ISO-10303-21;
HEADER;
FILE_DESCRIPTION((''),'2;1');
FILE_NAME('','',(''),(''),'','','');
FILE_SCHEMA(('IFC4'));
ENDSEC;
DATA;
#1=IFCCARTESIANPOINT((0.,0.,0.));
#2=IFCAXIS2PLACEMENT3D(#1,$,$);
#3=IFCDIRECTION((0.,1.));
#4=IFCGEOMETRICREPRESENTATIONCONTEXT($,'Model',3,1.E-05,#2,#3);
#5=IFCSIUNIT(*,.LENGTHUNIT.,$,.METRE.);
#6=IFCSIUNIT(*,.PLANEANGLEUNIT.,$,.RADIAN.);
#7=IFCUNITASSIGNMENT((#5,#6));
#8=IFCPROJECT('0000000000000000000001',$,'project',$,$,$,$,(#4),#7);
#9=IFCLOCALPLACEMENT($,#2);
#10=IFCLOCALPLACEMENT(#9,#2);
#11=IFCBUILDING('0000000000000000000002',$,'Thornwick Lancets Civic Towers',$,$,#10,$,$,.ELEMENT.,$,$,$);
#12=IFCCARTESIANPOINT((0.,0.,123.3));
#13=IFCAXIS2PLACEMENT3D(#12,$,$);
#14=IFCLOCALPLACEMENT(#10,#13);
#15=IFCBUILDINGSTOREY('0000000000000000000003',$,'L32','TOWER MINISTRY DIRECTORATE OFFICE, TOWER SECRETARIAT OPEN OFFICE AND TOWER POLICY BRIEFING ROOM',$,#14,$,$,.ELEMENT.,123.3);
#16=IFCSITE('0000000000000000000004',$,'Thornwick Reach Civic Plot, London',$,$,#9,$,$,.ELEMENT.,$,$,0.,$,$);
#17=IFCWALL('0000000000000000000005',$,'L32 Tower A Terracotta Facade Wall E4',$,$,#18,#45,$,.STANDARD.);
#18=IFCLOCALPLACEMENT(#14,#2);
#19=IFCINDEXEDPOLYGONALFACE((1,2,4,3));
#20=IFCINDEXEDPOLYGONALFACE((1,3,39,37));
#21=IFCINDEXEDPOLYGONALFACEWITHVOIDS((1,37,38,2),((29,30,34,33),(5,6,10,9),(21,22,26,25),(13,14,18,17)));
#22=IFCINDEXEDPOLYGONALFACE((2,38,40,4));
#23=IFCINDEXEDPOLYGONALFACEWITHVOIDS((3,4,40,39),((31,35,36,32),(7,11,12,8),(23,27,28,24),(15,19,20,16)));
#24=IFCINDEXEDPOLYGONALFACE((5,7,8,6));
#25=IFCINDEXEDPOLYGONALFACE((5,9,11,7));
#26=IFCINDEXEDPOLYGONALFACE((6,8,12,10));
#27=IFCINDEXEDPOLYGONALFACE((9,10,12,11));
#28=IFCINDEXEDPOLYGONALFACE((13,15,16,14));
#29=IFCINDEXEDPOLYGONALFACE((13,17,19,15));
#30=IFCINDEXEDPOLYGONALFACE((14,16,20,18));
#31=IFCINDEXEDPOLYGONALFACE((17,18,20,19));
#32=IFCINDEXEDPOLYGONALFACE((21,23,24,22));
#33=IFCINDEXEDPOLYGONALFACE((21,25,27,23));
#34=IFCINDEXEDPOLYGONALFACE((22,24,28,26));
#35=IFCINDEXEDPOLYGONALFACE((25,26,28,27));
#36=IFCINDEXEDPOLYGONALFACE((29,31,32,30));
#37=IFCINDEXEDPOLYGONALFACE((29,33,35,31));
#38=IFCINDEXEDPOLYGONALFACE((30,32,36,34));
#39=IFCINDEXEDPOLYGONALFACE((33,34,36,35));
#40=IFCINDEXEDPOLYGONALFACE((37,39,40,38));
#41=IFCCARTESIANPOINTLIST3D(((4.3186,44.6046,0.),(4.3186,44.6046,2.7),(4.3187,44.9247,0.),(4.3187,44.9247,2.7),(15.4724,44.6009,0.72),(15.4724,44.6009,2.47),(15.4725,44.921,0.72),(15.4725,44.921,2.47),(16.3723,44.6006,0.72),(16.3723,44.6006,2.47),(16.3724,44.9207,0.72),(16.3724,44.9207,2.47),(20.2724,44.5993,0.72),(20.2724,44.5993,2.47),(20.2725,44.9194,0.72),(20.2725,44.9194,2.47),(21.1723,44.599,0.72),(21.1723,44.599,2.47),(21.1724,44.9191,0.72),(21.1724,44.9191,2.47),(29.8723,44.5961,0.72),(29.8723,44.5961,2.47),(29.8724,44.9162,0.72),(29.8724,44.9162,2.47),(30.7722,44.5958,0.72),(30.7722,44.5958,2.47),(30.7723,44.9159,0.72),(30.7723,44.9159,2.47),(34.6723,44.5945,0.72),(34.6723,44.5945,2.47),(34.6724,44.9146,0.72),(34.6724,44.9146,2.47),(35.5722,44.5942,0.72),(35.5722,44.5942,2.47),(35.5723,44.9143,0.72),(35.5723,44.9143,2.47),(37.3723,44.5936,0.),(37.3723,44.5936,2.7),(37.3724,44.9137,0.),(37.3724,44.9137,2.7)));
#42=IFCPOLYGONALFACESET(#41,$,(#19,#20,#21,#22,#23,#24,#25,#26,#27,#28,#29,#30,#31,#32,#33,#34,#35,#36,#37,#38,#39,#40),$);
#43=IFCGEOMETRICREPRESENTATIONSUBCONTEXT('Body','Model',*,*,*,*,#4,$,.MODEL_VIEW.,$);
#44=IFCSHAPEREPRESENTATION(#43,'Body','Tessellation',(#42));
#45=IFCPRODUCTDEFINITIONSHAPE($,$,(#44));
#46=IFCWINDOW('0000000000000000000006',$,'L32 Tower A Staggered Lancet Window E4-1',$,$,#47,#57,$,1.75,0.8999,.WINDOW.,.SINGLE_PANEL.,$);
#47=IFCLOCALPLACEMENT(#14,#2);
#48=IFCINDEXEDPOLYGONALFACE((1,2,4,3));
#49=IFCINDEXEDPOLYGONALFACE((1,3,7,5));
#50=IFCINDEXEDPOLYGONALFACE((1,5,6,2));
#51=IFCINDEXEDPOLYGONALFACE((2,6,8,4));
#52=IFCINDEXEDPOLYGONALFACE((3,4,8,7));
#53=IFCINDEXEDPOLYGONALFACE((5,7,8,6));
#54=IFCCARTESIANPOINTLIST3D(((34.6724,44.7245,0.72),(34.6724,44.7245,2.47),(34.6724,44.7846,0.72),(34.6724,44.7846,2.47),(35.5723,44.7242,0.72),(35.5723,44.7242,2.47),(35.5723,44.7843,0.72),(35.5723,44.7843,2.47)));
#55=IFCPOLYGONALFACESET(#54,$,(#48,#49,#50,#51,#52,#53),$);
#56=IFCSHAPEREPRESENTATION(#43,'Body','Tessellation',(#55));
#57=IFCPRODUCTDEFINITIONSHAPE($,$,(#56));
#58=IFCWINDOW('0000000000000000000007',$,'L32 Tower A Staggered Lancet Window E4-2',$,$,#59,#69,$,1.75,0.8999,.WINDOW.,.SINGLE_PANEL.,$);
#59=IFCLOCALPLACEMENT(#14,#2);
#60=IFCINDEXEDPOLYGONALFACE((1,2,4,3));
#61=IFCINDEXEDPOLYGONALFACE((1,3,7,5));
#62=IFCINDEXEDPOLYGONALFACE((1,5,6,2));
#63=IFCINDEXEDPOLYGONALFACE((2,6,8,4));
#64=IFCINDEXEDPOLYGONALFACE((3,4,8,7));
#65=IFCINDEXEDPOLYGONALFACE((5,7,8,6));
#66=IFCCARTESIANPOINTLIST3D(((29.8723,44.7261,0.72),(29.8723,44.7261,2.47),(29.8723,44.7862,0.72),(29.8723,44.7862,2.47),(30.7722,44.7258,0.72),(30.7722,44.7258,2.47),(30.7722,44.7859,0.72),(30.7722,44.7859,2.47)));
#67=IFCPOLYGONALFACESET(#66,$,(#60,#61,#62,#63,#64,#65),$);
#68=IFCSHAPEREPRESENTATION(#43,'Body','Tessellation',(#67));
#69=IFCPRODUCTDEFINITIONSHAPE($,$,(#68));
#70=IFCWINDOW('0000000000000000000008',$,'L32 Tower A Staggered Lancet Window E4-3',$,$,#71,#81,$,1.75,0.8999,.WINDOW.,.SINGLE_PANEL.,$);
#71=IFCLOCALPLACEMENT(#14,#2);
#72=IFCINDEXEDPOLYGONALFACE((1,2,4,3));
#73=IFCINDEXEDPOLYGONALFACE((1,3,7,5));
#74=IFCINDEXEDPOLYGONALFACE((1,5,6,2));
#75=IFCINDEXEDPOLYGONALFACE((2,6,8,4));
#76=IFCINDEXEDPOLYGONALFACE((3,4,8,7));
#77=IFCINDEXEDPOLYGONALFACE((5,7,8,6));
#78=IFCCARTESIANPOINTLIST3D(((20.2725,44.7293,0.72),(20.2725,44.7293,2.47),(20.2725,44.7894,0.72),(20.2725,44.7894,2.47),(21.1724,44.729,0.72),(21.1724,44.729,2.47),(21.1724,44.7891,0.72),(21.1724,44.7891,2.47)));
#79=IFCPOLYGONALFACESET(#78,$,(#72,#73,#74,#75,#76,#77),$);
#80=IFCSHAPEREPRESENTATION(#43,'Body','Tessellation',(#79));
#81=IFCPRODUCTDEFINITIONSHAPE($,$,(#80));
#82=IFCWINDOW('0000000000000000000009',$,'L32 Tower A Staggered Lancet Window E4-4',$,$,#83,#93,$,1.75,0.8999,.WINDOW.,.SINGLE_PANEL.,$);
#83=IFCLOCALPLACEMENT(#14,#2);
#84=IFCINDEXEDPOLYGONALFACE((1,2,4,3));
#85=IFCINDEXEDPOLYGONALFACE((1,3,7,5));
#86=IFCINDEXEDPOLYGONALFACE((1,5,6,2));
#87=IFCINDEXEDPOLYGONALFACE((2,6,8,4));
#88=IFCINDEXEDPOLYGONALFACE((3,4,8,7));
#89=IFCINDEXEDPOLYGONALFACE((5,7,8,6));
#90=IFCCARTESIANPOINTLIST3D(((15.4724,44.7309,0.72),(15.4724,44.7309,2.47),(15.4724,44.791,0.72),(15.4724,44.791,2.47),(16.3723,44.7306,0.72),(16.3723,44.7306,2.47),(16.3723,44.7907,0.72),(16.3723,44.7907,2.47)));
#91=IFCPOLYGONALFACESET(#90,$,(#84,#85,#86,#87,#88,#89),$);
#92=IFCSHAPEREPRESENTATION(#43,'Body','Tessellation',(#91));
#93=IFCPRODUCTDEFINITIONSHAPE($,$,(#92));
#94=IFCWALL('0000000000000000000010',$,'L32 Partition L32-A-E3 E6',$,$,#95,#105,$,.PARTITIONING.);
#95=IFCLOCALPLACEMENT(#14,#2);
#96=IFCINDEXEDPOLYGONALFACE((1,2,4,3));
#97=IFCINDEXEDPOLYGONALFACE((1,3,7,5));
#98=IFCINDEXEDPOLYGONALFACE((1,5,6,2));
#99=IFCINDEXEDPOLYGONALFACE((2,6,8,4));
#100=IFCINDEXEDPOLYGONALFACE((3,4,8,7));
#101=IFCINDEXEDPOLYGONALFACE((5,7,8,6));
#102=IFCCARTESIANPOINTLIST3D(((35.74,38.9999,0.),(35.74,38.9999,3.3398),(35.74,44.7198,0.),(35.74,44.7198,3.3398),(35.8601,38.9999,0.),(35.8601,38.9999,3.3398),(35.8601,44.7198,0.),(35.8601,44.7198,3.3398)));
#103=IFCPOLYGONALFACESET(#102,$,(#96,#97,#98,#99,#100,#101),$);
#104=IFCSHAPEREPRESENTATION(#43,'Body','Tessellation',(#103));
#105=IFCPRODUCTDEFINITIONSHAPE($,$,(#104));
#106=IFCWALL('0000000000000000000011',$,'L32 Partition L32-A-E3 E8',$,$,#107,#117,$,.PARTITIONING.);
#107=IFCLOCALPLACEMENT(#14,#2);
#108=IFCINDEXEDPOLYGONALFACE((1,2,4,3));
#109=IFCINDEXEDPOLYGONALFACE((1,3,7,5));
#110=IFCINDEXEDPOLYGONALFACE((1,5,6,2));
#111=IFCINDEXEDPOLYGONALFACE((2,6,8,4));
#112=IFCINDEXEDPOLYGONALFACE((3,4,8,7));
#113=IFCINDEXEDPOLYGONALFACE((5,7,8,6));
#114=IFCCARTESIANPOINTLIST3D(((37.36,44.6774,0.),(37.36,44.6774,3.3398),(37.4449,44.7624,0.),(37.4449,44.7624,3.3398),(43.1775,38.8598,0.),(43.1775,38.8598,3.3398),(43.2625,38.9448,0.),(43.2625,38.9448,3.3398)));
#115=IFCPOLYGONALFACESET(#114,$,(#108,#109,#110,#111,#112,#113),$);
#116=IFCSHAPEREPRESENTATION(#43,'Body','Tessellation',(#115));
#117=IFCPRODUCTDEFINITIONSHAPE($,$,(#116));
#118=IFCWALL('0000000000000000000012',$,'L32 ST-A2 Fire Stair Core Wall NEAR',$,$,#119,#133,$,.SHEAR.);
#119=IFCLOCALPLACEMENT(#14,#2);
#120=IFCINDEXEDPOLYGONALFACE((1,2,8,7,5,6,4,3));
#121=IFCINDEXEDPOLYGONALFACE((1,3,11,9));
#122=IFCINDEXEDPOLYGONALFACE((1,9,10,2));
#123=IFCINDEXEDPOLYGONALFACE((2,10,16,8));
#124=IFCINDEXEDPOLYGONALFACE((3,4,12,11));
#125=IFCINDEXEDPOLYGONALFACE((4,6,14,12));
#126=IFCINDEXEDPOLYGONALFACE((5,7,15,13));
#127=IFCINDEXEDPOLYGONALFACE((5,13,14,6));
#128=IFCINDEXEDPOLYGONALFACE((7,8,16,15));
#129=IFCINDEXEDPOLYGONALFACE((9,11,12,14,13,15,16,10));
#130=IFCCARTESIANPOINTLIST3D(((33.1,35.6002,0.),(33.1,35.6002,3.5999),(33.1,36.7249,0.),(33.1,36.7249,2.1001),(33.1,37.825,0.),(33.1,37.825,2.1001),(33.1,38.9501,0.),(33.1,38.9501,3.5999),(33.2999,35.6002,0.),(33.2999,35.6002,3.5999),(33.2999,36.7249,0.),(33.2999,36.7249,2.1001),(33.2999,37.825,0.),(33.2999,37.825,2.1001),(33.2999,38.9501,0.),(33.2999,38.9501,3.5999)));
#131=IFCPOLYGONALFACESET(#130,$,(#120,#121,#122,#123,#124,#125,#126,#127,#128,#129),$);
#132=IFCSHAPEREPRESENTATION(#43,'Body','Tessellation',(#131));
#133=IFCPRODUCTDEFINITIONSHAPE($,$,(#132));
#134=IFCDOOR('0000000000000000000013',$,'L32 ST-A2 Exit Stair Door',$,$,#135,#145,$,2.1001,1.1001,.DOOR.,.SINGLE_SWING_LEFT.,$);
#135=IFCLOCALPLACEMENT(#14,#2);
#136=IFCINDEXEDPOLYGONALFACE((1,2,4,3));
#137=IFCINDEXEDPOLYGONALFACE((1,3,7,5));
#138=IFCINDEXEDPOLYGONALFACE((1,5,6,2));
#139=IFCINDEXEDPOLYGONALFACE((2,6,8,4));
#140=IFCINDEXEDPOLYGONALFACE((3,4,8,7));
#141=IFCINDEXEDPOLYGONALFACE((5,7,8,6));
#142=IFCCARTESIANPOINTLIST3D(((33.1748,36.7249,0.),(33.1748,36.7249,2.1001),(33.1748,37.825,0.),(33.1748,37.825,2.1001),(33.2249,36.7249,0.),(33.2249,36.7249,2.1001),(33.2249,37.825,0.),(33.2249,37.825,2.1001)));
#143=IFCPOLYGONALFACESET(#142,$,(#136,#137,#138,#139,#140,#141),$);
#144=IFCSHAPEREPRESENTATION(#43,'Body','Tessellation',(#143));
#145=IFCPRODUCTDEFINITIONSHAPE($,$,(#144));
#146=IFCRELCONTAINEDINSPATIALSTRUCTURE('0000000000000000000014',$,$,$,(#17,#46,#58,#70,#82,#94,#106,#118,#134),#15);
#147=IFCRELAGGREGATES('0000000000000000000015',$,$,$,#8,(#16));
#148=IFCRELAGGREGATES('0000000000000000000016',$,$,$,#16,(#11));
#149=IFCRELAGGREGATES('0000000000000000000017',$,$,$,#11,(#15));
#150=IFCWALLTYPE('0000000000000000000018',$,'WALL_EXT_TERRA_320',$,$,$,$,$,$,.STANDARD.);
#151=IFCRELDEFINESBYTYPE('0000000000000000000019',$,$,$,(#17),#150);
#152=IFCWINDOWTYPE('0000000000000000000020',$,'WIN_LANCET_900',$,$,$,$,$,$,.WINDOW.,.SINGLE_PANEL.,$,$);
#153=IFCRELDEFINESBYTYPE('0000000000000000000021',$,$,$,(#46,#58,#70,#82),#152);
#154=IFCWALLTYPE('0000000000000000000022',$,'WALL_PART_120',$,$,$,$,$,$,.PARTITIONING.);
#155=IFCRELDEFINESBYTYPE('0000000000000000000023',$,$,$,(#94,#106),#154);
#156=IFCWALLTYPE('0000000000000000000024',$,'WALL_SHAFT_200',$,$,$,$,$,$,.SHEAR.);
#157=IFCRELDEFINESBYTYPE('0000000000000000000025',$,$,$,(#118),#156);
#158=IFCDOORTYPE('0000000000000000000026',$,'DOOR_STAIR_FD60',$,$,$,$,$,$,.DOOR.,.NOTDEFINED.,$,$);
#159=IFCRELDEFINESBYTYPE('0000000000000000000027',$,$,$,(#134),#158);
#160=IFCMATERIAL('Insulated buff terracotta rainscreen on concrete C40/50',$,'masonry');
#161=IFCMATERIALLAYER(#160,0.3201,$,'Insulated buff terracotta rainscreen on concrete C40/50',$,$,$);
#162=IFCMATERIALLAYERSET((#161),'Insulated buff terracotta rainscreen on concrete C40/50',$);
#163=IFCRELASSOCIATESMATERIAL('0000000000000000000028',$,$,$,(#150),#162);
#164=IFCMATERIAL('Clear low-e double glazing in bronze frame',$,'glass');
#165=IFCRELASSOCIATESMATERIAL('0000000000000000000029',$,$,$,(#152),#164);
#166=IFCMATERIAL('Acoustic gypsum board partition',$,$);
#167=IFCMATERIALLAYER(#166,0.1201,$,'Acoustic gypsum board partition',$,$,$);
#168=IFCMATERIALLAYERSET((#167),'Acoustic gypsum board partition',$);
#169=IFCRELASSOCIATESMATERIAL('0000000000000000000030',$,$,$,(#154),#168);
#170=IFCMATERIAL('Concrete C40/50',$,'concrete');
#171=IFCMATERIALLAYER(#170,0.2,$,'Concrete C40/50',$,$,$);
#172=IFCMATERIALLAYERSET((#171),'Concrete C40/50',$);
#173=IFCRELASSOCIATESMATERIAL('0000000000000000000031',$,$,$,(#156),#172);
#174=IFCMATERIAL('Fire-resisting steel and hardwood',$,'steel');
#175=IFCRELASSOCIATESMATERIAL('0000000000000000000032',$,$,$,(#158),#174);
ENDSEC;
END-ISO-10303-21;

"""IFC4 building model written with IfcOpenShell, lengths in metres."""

from ifc_helpers import new_model, si_unit, direction, frame, frame_2d, origin, place, context, subcontext, project, spatial, rectangle, extrude, material, layer, layer_set, type_object, element, fill, save


model = new_model("IFC4")

# Units and contexts
model_context = context("Model", 3, precision=1e-05, world=origin(), true_north=direction((0.0, 1.0)))
body_context = subcontext(model_context, "Body", "Model", "MODEL_VIEW")
ifc_project = project(units=[si_unit("LENGTHUNIT", "METRE"), si_unit("PLANEANGLEUNIT", "RADIAN")], contexts=[model_context])

# Site, building, storey
site_placement = place(None, origin())
site = spatial("IfcSite", under=ifc_project, at=site_placement, Name="Thornwick Reach Civic Plot, London", CompositionType="ELEMENT", RefElevation=0.0)
building_placement = place(site_placement, origin())
building = spatial("IfcBuilding", under=site, at=building_placement, Name="Thornwick Lancets Civic Towers", CompositionType="ELEMENT")
storey_placement = place(building_placement, frame((0.0, 0.0, 123.3)))
storey = spatial("IfcBuildingStorey", under=building, at=storey_placement, Name="L32", Description="TOWER MINISTRY DIRECTORATE OFFICE, TOWER SECRETARIAT OPEN OFFICE AND TOWER POLICY BRIEFING ROOM", CompositionType="ELEMENT", Elevation=123.3)

# Wall, openings, windows
ifc_material_1 = material(Name="Insulated buff terracotta rainscreen on concrete C40/50", Category="masonry")
ifc_layer_1 = layer(ifc_material_1, 0.3201, Name="Insulated buff terracotta rainscreen on concrete C40/50")
ifc_layer_set_1 = layer_set([ifc_layer_1], Name="Insulated buff terracotta rainscreen on concrete C40/50")
wall_type_1 = type_object("IfcWallType", Name="WALL_EXT_TERRA_320", PredefinedType="STANDARD", material=ifc_layer_set_1)
wall_1_placement = place(storey_placement, frame((37.3723, 44.7537, 0.0), z_axis=(0.0, 0.0, 1.0), x_axis=(-1.0, 0.000332, 0.0)))
wall_1 = element("IfcWall", 1, at=wall_1_placement, inside=storey, type_object=wall_type_1, Name="L32 Tower A Terracotta Facade Wall E4", PredefinedType="STANDARD", context=body_context, shape_type="SweptSolid", body=[
    extrude(rectangle(XDim=33.0537, YDim=0.3201, at=frame_2d((16.5269, 0.0))), origin(), (0.0, 0.0, 1.0), 2.7),
])
opening_1_placement = place(wall_1_placement, frame((1.8, 0.0, 0.72)))
opening_1 = element("IfcOpeningElement", 2, at=opening_1_placement, cuts=wall_1, PredefinedType="OPENING", context=body_context, shape_type="SweptSolid", body=[
    extrude(rectangle(XDim=0.8999, YDim=1.75, at=frame_2d((0.45, 0.875))), frame((0.0, 0.1699, 0.0), z_axis=(0.0, -1.0, 0.0), x_axis=(1.0, 0.0, 0.0)), (0.0, 0.0, 1.0), 0.3401),
])
opening_2_placement = place(wall_1_placement, frame((6.6001, 0.0, 0.72)))
opening_2 = element("IfcOpeningElement", 3, at=opening_2_placement, cuts=wall_1, PredefinedType="OPENING", context=body_context, shape_type="SweptSolid", body=[
    extrude(rectangle(XDim=0.8999, YDim=1.75, at=frame_2d((0.45, 0.875))), frame((0.0, 0.1699, 0.0), z_axis=(0.0, -1.0, 0.0), x_axis=(1.0, 0.0, 0.0)), (0.0, 0.0, 1.0), 0.3401),
])
opening_3_placement = place(wall_1_placement, frame((16.2, 0.0, 0.72)))
opening_3 = element("IfcOpeningElement", 4, at=opening_3_placement, cuts=wall_1, PredefinedType="OPENING", context=body_context, shape_type="SweptSolid", body=[
    extrude(rectangle(XDim=0.8999, YDim=1.75, at=frame_2d((0.45, 0.875))), frame((0.0, 0.1699, 0.0), z_axis=(0.0, -1.0, 0.0), x_axis=(1.0, 0.0, 0.0)), (0.0, 0.0, 1.0), 0.3401),
])
opening_4_placement = place(wall_1_placement, frame((21.0, 0.0, 0.72)))
opening_4 = element("IfcOpeningElement", 5, at=opening_4_placement, cuts=wall_1, PredefinedType="OPENING", context=body_context, shape_type="SweptSolid", body=[
    extrude(rectangle(XDim=0.8999, YDim=1.75, at=frame_2d((0.45, 0.875))), frame((0.0, 0.1699, 0.0), z_axis=(0.0, -1.0, 0.0), x_axis=(1.0, 0.0, 0.0)), (0.0, 0.0, 1.0), 0.3401),
])
ifc_material_2 = material(Name="Clear low-e double glazing in bronze frame", Category="glass")
window_type = type_object("IfcWindowType", Name="WIN_LANCET_900", PartitioningType="SINGLE_PANEL", PredefinedType="WINDOW", material=ifc_material_2)
window_1_placement = place(opening_1_placement, origin())
window_1 = element("IfcWindow", 6, at=window_1_placement, inside=storey, type_object=window_type, Name="L32 Tower A Staggered Lancet Window E4-1", OverallHeight=1.75, OverallWidth=0.8999, PartitioningType="SINGLE_PANEL", PredefinedType="WINDOW", context=body_context, shape_type="SweptSolid", body=[
    extrude(rectangle(XDim=0.8999, YDim=1.75, at=frame_2d((0.45, 0.875))), frame((0.0, 0.03, 0.0), z_axis=(0.0, -1.0, 0.0), x_axis=(1.0, 0.0, 0.0)), (0.0, 0.0, 1.0), 0.0601),
])
fill(opening_1, window_1)
window_2_placement = place(opening_2_placement, origin())
window_2 = element("IfcWindow", 7, at=window_2_placement, inside=storey, type_object=window_type, Name="L32 Tower A Staggered Lancet Window E4-2", OverallHeight=1.75, OverallWidth=0.8999, PartitioningType="SINGLE_PANEL", PredefinedType="WINDOW", context=body_context, shape_type="SweptSolid", body=[
    extrude(rectangle(XDim=0.8999, YDim=1.75, at=frame_2d((0.45, 0.875))), frame((0.0, 0.03, 0.0), z_axis=(0.0, -1.0, 0.0), x_axis=(1.0, 0.0, 0.0)), (0.0, 0.0, 1.0), 0.0601),
])
fill(opening_2, window_2)
window_3_placement = place(opening_3_placement, origin())
window_3 = element("IfcWindow", 8, at=window_3_placement, inside=storey, type_object=window_type, Name="L32 Tower A Staggered Lancet Window E4-3", OverallHeight=1.75, OverallWidth=0.8999, PartitioningType="SINGLE_PANEL", PredefinedType="WINDOW", context=body_context, shape_type="SweptSolid", body=[
    extrude(rectangle(XDim=0.8999, YDim=1.75, at=frame_2d((0.45, 0.875))), frame((0.0, 0.03, 0.0), z_axis=(0.0, -1.0, 0.0), x_axis=(1.0, 0.0, 0.0)), (0.0, 0.0, 1.0), 0.0601),
])
fill(opening_3, window_3)
window_4_placement = place(opening_4_placement, origin())
window_4 = element("IfcWindow", 9, at=window_4_placement, inside=storey, type_object=window_type, Name="L32 Tower A Staggered Lancet Window E4-4", OverallHeight=1.75, OverallWidth=0.8999, PartitioningType="SINGLE_PANEL", PredefinedType="WINDOW", context=body_context, shape_type="SweptSolid", body=[
    extrude(rectangle(XDim=0.8999, YDim=1.75, at=frame_2d((0.45, 0.875))), frame((0.0, 0.03, 0.0), z_axis=(0.0, -1.0, 0.0), x_axis=(1.0, 0.0, 0.0)), (0.0, 0.0, 1.0), 0.0601),
])
fill(opening_4, window_4)

# Walls
ifc_material_3 = material(Name="Acoustic gypsum board partition")
ifc_layer_2 = layer(ifc_material_3, 0.1201, Name="Acoustic gypsum board partition")
ifc_layer_set_2 = layer_set([ifc_layer_2], Name="Acoustic gypsum board partition")
wall_type_2 = type_object("IfcWallType", Name="WALL_PART_120", PredefinedType="PARTITIONING", material=ifc_layer_set_2)
wall_2_placement = place(storey_placement, frame((35.8, 39.0, 0.0), z_axis=(0.0, 0.0, 1.0), x_axis=(0.0, 1.0, 0.0)))
element("IfcWall", 10, at=wall_2_placement, inside=storey, type_object=wall_type_2, Name="L32 Partition L32-A-E3 E6", PredefinedType="PARTITIONING", context=body_context, shape_type="SweptSolid", body=[
    extrude(rectangle(XDim=5.72, YDim=0.1201, at=frame_2d((2.8599, 0.0))), origin(), (0.0, 0.0, 1.0), 3.3398),
])
wall_3_placement = place(storey_placement, frame((37.4023, 44.72, 0.0), z_axis=(0.0, 0.0, 1.0), x_axis=(0.707107, -0.707107, 0.0)))
element("IfcWall", 11, at=wall_3_placement, inside=storey, type_object=wall_type_2, Name="L32 Partition L32-A-E3 E8", PredefinedType="PARTITIONING", context=body_context, shape_type="SweptSolid", body=[
    extrude(rectangle(XDim=8.2273, YDim=0.1201, at=frame_2d((4.1138, 0.0))), origin(), (0.0, 0.0, 1.0), 3.3398),
])

# Wall, opening, door
ifc_material_4 = material(Name="Concrete C40/50", Category="concrete")
ifc_layer_3 = layer(ifc_material_4, 0.2, Name="Concrete C40/50")
ifc_layer_set_3 = layer_set([ifc_layer_3], Name="Concrete C40/50")
wall_type_3 = type_object("IfcWallType", Name="WALL_SHAFT_200", PredefinedType="SHEAR", material=ifc_layer_set_3)
wall_4_placement = place(storey_placement, frame((33.2, 38.95, 0.0), z_axis=(0.0, 0.0, 1.0), x_axis=(0.0, -1.0, 0.0)))
wall_4 = element("IfcWall", 12, at=wall_4_placement, inside=storey, type_object=wall_type_3, Name="L32 ST-A2 Fire Stair Core Wall NEAR", PredefinedType="SHEAR", context=body_context, shape_type="SweptSolid", body=[
    extrude(rectangle(XDim=3.3499, YDim=0.2, at=frame_2d((1.6748, 0.0))), origin(), (0.0, 0.0, 1.0), 3.5999),
])
opening_5_placement = place(wall_4_placement, frame((1.125, 0.0, 0.0)))
opening_5 = element("IfcOpeningElement", 13, at=opening_5_placement, cuts=wall_4, PredefinedType="OPENING", context=body_context, shape_type="SweptSolid", body=[
    extrude(rectangle(XDim=1.1001, YDim=2.1001, at=frame_2d((0.55, 1.05))), frame((0.0, 0.1099, 0.0), z_axis=(0.0, -1.0, 0.0), x_axis=(1.0, 0.0, 0.0)), (0.0, 0.0, 1.0), 0.22),
])
ifc_material_5 = material(Name="Fire-resisting steel and hardwood", Category="steel")
door_type = type_object("IfcDoorType", Name="DOOR_STAIR_FD60", OperationType="NOTDEFINED", PredefinedType="DOOR", material=ifc_material_5)
door_placement = place(opening_5_placement, origin())
door = element("IfcDoor", 14, at=door_placement, inside=storey, type_object=door_type, Name="L32 ST-A2 Exit Stair Door", OperationType="SINGLE_SWING_LEFT", OverallHeight=2.1001, OverallWidth=1.1001, PredefinedType="DOOR", context=body_context, shape_type="SweptSolid", body=[
    extrude(rectangle(XDim=1.1001, YDim=2.1001, at=frame_2d((0.55, 1.05))), frame((0.0, 0.0249, 0.0), z_axis=(0.0, -1.0, 0.0), x_axis=(1.0, 0.0, 0.0)), (0.0, 0.0, 1.0), 0.05),
])
fill(opening_5, door)

save(model, "model.ifc")
